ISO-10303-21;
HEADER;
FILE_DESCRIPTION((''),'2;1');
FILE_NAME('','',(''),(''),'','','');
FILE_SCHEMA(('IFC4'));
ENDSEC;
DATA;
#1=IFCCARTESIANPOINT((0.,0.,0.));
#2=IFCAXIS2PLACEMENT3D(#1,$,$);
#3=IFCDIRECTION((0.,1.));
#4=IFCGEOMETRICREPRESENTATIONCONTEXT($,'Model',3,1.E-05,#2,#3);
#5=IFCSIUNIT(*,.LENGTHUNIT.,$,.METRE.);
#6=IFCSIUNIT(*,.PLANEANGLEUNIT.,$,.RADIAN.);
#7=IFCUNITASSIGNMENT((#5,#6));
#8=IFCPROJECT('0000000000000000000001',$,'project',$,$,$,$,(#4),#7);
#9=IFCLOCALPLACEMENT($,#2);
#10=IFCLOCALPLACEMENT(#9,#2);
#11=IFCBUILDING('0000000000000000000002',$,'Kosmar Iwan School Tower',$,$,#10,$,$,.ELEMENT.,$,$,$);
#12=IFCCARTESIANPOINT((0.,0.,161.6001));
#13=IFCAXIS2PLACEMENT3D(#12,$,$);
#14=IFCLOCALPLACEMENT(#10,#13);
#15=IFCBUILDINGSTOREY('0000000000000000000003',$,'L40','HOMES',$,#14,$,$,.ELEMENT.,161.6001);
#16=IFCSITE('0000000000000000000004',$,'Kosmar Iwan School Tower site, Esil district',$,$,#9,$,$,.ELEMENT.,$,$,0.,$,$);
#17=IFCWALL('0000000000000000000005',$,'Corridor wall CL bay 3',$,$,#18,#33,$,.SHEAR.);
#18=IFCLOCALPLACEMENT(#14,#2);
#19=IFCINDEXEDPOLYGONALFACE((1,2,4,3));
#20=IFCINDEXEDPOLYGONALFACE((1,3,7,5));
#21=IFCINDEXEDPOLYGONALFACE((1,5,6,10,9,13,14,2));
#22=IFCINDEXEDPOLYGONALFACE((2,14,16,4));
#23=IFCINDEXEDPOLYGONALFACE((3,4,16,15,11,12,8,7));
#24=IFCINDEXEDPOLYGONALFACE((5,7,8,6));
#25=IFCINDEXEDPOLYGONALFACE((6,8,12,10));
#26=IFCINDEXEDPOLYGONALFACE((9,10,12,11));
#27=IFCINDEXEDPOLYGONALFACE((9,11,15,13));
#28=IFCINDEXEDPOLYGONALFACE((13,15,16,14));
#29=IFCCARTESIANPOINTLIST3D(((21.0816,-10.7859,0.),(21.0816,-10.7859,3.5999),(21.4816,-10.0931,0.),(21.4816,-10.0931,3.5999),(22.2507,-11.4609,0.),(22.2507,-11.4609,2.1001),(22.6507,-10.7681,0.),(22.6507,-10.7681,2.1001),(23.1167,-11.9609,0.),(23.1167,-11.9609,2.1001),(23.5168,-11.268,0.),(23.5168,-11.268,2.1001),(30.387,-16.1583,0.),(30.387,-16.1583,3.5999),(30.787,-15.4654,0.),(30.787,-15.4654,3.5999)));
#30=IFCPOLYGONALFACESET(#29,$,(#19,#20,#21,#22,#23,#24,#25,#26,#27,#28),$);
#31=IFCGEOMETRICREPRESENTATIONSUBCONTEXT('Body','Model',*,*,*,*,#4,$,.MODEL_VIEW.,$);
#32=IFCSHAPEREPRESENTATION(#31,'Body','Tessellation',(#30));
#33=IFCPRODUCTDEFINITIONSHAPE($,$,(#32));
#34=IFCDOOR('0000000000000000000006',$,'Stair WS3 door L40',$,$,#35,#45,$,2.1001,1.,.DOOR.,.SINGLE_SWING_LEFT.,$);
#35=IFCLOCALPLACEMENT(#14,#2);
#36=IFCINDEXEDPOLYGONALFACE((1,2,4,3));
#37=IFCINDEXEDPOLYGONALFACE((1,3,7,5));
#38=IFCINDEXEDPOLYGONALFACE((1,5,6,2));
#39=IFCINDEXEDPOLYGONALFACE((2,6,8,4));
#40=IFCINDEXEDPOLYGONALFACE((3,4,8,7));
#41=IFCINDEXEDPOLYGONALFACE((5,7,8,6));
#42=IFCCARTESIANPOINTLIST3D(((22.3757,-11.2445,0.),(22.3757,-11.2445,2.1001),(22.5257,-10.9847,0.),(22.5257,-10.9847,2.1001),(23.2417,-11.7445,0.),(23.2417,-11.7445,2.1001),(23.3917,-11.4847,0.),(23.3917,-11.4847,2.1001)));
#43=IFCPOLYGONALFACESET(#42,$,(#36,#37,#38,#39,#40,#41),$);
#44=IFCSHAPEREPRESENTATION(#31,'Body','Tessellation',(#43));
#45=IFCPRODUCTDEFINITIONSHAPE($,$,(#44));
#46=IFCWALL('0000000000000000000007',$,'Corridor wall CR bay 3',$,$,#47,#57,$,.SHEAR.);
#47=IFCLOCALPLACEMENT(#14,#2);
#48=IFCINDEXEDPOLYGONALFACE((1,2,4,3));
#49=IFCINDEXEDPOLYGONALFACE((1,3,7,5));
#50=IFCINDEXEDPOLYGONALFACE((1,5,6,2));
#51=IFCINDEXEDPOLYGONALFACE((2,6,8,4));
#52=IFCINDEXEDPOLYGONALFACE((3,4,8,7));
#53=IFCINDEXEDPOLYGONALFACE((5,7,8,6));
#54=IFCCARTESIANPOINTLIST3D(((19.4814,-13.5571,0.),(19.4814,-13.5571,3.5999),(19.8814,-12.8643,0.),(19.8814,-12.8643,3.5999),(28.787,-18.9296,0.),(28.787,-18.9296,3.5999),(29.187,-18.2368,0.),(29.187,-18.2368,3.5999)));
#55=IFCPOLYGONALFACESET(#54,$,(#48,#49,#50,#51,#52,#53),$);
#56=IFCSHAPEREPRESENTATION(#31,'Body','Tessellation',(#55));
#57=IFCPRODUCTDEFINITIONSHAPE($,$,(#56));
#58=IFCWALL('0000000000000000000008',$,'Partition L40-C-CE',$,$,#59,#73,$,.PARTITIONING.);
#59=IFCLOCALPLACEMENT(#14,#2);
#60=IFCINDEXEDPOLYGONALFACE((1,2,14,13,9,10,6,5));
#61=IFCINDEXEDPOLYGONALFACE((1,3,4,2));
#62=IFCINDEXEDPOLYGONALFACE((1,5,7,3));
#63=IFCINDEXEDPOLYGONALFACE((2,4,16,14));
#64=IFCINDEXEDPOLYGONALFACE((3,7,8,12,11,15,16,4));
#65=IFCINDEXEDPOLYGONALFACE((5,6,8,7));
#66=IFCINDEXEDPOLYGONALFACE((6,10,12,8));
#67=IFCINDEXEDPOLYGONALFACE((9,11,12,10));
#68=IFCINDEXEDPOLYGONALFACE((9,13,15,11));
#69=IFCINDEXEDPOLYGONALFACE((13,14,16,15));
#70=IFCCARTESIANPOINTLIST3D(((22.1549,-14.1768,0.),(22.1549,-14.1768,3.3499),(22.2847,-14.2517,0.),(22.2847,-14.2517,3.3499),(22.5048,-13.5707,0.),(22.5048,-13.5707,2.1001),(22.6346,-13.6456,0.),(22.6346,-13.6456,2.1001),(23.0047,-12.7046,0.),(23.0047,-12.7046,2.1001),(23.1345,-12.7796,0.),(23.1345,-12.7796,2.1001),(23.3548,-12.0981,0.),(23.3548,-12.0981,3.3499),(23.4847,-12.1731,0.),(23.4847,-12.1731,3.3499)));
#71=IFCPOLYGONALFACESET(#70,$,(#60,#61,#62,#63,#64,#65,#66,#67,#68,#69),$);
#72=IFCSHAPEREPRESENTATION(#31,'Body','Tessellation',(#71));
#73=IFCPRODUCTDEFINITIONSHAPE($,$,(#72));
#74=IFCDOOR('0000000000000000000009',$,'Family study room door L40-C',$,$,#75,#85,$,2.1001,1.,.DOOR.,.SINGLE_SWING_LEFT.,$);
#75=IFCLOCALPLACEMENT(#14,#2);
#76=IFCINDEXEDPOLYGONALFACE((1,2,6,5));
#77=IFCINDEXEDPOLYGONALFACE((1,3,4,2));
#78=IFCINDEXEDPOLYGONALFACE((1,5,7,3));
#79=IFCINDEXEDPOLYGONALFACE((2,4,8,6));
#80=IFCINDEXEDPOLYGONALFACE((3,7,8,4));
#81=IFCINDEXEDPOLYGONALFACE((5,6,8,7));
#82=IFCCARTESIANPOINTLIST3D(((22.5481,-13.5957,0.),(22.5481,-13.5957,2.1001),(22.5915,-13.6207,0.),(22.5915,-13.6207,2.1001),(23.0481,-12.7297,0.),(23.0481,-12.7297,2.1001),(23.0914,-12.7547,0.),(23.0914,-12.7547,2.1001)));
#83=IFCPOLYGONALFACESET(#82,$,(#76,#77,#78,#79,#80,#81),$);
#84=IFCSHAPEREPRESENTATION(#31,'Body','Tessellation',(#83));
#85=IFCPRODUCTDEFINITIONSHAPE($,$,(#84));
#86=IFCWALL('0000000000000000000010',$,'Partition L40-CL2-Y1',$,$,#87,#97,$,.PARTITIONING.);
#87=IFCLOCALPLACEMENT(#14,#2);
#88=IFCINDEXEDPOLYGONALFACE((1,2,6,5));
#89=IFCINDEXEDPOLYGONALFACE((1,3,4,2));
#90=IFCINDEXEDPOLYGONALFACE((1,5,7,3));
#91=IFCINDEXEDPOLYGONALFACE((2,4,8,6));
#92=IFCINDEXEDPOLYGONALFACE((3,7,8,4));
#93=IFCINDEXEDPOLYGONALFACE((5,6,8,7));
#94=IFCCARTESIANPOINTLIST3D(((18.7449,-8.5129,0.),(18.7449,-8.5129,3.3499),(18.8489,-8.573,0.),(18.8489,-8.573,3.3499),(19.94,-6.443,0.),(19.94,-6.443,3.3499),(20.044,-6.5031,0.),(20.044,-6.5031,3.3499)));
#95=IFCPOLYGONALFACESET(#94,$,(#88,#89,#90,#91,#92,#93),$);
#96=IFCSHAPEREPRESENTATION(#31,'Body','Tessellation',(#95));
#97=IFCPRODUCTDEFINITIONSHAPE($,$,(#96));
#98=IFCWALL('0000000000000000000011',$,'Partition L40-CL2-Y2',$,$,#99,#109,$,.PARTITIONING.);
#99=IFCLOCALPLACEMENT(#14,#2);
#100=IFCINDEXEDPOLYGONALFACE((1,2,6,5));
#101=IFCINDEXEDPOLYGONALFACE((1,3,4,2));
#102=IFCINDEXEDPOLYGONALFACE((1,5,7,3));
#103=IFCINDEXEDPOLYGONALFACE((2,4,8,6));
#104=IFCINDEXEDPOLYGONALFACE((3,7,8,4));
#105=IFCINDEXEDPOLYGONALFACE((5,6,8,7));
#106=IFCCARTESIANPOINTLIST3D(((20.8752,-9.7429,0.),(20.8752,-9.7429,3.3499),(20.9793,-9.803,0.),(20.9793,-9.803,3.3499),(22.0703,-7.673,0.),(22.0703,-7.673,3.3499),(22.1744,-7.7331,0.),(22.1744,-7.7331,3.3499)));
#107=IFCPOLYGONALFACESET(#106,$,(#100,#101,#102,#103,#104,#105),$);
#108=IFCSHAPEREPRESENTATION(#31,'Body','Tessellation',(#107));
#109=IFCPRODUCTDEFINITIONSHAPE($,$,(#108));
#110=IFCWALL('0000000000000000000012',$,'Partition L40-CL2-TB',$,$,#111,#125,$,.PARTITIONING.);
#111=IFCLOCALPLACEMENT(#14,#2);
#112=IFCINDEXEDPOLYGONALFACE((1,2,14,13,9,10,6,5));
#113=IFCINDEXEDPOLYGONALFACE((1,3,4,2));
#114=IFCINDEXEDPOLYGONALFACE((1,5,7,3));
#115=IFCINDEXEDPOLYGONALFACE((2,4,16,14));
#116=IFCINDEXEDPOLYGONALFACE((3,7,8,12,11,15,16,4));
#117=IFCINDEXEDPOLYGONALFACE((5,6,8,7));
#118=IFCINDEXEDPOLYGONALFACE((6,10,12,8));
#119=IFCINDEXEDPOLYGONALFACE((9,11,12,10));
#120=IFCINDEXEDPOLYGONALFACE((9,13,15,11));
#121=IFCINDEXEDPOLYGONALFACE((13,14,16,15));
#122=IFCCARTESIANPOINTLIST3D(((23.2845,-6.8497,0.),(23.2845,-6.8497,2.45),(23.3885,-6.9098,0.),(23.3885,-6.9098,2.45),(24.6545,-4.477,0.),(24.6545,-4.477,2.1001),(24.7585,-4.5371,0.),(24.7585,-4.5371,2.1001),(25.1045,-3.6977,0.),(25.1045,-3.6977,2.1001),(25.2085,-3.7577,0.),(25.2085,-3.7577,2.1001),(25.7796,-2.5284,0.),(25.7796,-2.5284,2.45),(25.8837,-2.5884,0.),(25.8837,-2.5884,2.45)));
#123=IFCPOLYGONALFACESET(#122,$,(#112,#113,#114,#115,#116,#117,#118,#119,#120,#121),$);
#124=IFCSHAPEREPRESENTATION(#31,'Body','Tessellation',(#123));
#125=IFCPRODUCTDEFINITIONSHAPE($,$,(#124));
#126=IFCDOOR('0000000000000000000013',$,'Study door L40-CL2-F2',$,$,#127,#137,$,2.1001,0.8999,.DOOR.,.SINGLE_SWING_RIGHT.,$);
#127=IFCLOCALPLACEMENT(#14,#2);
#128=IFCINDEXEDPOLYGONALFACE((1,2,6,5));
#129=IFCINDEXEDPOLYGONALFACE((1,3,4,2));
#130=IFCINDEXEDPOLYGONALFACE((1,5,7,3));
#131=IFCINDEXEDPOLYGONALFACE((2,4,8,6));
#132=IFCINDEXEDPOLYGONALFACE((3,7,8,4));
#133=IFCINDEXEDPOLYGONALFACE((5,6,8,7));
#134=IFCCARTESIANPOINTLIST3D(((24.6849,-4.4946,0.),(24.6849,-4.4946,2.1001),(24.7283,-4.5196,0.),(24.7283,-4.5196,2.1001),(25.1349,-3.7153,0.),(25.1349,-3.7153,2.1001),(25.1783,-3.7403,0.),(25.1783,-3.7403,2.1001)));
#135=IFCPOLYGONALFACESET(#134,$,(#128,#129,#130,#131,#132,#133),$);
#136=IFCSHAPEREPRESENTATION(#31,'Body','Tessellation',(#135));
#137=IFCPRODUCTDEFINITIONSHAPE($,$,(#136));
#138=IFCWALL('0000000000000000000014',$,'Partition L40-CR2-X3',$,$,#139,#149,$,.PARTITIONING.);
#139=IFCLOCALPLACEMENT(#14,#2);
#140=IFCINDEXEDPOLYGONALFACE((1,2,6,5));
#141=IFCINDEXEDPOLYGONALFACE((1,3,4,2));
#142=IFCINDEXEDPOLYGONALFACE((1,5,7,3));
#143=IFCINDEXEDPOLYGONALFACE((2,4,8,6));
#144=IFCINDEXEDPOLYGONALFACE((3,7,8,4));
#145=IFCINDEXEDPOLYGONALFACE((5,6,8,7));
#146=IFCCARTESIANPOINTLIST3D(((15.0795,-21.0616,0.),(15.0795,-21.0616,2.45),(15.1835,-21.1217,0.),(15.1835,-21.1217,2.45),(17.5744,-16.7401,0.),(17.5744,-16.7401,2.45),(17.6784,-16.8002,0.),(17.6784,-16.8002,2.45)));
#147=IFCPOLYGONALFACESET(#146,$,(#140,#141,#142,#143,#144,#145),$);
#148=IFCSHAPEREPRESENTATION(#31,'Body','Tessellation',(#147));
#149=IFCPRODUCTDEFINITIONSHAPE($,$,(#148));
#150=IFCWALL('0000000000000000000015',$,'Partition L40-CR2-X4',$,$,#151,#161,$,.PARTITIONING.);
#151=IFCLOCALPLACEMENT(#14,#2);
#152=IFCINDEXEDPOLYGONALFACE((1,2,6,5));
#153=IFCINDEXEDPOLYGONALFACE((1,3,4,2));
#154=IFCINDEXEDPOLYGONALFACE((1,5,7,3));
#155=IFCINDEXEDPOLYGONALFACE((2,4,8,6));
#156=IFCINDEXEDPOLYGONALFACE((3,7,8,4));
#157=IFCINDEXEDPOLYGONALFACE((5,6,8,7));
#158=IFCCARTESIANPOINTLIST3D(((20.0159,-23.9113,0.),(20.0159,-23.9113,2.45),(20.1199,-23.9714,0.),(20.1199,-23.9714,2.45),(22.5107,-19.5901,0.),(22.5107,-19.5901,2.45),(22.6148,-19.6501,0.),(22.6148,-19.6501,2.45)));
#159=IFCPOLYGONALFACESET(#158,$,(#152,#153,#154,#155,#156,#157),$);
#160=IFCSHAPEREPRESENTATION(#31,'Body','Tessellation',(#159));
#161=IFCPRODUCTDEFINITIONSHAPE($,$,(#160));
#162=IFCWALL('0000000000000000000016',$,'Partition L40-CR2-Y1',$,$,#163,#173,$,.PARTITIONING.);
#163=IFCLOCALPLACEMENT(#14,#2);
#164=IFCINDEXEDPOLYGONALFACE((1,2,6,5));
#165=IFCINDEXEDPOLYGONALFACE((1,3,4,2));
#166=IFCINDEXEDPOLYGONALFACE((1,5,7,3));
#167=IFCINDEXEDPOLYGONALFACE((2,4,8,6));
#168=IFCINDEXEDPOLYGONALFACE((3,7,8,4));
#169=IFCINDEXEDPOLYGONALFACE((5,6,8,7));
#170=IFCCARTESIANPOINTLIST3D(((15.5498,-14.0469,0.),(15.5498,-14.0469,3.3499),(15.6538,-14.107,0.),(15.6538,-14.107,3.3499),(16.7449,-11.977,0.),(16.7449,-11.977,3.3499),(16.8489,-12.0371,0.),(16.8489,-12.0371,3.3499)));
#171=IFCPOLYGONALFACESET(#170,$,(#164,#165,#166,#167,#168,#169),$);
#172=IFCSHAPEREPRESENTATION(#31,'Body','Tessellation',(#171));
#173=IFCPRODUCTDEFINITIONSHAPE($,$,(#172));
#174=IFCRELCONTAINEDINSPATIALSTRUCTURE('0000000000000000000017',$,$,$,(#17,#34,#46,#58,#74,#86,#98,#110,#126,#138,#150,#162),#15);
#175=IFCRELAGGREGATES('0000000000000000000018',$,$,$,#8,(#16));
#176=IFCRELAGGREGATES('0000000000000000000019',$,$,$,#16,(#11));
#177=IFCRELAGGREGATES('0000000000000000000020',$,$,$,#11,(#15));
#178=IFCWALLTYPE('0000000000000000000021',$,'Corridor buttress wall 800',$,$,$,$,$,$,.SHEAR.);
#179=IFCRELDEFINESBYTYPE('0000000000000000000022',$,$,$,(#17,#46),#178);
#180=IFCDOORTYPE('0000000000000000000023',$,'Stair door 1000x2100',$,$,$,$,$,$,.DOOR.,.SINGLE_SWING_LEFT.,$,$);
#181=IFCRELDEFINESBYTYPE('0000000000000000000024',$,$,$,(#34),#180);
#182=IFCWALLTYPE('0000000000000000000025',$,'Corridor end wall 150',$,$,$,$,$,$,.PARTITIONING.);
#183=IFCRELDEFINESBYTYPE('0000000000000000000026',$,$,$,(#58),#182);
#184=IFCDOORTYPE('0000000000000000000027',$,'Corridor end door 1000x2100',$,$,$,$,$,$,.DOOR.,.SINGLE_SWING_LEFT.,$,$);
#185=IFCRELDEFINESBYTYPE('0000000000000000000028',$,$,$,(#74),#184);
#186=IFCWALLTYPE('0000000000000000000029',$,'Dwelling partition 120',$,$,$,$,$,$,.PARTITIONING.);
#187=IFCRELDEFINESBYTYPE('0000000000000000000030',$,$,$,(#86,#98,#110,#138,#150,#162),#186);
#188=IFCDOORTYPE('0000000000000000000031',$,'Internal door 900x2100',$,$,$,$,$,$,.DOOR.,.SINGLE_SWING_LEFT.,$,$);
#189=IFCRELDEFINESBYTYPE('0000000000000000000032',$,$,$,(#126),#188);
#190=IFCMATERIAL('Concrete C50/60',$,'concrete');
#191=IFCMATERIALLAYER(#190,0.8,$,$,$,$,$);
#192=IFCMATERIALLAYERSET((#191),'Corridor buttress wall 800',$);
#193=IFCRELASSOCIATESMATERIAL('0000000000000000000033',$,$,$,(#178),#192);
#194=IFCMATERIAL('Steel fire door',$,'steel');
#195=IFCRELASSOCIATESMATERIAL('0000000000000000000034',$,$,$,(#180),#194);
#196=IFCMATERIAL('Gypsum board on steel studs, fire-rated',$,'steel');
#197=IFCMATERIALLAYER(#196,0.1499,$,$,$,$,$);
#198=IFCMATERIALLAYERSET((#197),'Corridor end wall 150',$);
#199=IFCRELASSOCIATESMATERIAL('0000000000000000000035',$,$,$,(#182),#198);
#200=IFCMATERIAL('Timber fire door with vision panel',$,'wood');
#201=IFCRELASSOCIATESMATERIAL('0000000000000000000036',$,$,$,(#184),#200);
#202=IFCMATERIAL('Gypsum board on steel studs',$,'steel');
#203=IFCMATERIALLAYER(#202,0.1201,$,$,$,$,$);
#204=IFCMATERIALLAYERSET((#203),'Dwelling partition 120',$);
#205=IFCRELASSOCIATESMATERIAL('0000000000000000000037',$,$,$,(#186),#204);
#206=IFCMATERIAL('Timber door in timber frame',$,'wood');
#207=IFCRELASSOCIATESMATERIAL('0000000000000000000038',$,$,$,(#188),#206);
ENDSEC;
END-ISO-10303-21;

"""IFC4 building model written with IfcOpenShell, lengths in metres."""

from ifc_helpers import new_model, si_unit, direction, frame, frame_2d, origin, place, context, subcontext, project, spatial, rectangle, extrude, material, layer, layer_set, type_object, element, fill, save


model = new_model("IFC4")

# Units and contexts
model_context = context("Model", 3, precision=1e-05, world=origin(), true_north=direction((0.0, 1.0)))
body_context = subcontext(model_context, "Body", "Model", "MODEL_VIEW")
ifc_project = project(units=[si_unit("LENGTHUNIT", "METRE"), si_unit("PLANEANGLEUNIT", "RADIAN")], contexts=[model_context])

# Site, building, storey
site_placement = place(None, origin())
site = spatial("IfcSite", under=ifc_project, at=site_placement, Name="Kosmar Iwan School Tower site, Esil district", CompositionType="ELEMENT", RefElevation=0.0)
building_placement = place(site_placement, origin())
building = spatial("IfcBuilding", under=site, at=building_placement, Name="Kosmar Iwan School Tower", CompositionType="ELEMENT")
storey_placement = place(building_placement, frame((0.0, 0.0, 161.6001)))
storey = spatial("IfcBuildingStorey", under=building, at=storey_placement, Name="L40", Description="HOMES", CompositionType="ELEMENT", Elevation=161.6001)

# Wall, opening, door
ifc_material_1 = material(Name="Concrete C50/60", Category="concrete")
ifc_layer_1 = layer(ifc_material_1, 0.8)
ifc_layer_set_1 = layer_set([ifc_layer_1], Name="Corridor buttress wall 800")
wall_type_1 = type_object("IfcWallType", Name="Corridor buttress wall 800", PredefinedType="SHEAR", material=ifc_layer_set_1)
wall_1_placement = place(storey_placement, frame((21.2815, -10.4395, 0.0), z_axis=(0.0, 0.0, 1.0), x_axis=(0.866032, -0.499988, 0.0)))
wall_1 = element("IfcWall", 1, at=wall_1_placement, inside=storey, type_object=wall_type_1, Name="Corridor wall CL bay 3", PredefinedType="SHEAR", context=body_context, shape_type="SweptSolid", body=[
    extrude(rectangle(XDim=10.7449, YDim=0.8, at=frame_2d((5.3726, 0.0))), origin(), (0.0, 0.0, 1.0), 3.5999),
])
opening_1_placement = place(wall_1_placement, frame((1.3501, 0.0, 0.0)))
opening_1 = element("IfcOpeningElement", 2, at=opening_1_placement, cuts=wall_1, PredefinedType="OPENING", context=body_context, shape_type="SweptSolid", body=[
    extrude(rectangle(XDim=1.0, YDim=2.1001, at=frame_2d((0.5, 1.05))), frame((0.0, 0.4121, 0.0), z_axis=(0.0, -1.0, 0.0), x_axis=(1.0, 0.0, 0.0)), (0.0, 0.0, 1.0), 0.824),
])
ifc_material_2 = material(Name="Steel fire door", Category="steel")
door_type_1 = type_object("IfcDoorType", Name="Stair door 1000x2100", OperationType="SINGLE_SWING_LEFT", PredefinedType="DOOR", material=ifc_material_2)
door_1_placement = place(opening_1_placement, origin())
door_1 = element("IfcDoor", 3, at=door_1_placement, inside=storey, type_object=door_type_1, Name="Stair WS3 door L40", OperationType="SINGLE_SWING_LEFT", OverallHeight=2.1001, OverallWidth=1.0, PredefinedType="DOOR", context=body_context, shape_type="SweptSolid", body=[
    extrude(rectangle(XDim=1.0, YDim=2.1001, at=frame_2d((0.5, 1.05))), frame((0.0, 0.1499, 0.0), z_axis=(0.0, -1.0, 0.0), x_axis=(1.0, 0.0, 0.0)), (0.0, 0.0, 1.0), 0.3),
])
fill(opening_1, door_1)

# Wall
wall_2_placement = place(storey_placement, frame((19.6814, -13.2107, 0.0), z_axis=(0.0, 0.0, 1.0), x_axis=(0.866028, -0.499995, 0.0)))
element("IfcWall", 4, at=wall_2_placement, inside=storey, type_object=wall_type_1, Name="Corridor wall CR bay 3", PredefinedType="SHEAR", context=body_context, shape_type="SweptSolid", body=[
    extrude(rectangle(XDim=10.7451, YDim=0.8, at=frame_2d((5.3726, 0.0))), origin(), (0.0, 0.0, 1.0), 3.5999),
])

# Wall, opening, door
ifc_material_3 = material(Name="Gypsum board on steel studs, fire-rated", Category="steel")
ifc_layer_2 = layer(ifc_material_3, 0.1499)
ifc_layer_set_2 = layer_set([ifc_layer_2], Name="Corridor end wall 150")
wall_type_2 = type_object("IfcWallType", Name="Corridor end wall 150", PredefinedType="PARTITIONING", material=ifc_layer_set_2)
wall_3_placement = place(storey_placement, frame((22.2197, -14.2144, 0.0), z_axis=(0.0, 0.0, 1.0), x_axis=(0.499957, 0.86605, 0.0)))
wall_3 = element("IfcWall", 5, at=wall_3_placement, inside=storey, type_object=wall_type_2, Name="Partition L40-C-CE", PredefinedType="PARTITIONING", context=body_context, shape_type="SweptSolid", body=[
    extrude(rectangle(XDim=2.4001, YDim=0.1499, at=frame_2d((1.2002, 0.0))), origin(), (0.0, 0.0, 1.0), 3.3499),
])
opening_2_placement = place(wall_3_placement, frame((0.7, 0.0, 0.0)))
opening_2 = element("IfcOpeningElement", 6, at=opening_2_placement, cuts=wall_3, PredefinedType="OPENING", context=body_context, shape_type="SweptSolid", body=[
    extrude(rectangle(XDim=1.0, YDim=2.1001, at=frame_2d((0.5, 1.05))), frame((0.0, 0.0869, 0.0), z_axis=(0.0, -1.0, 0.0), x_axis=(1.0, 0.0, 0.0)), (0.0, 0.0, 1.0), 0.1738),
])
ifc_material_4 = material(Name="Timber fire door with vision panel", Category="wood")
door_type_2 = type_object("IfcDoorType", Name="Corridor end door 1000x2100", OperationType="SINGLE_SWING_LEFT", PredefinedType="DOOR", material=ifc_material_4)
door_2_placement = place(opening_2_placement, origin())
door_2 = element("IfcDoor", 7, at=door_2_placement, inside=storey, type_object=door_type_2, Name="Family study room door L40-C", OperationType="SINGLE_SWING_LEFT", OverallHeight=2.1001, OverallWidth=1.0, PredefinedType="DOOR", context=body_context, shape_type="SweptSolid", body=[
    extrude(rectangle(XDim=1.0, YDim=2.1001, at=frame_2d((0.5, 1.05))), frame((0.0, 0.0249, 0.0), z_axis=(0.0, -1.0, 0.0), x_axis=(1.0, 0.0, 0.0)), (0.0, 0.0, 1.0), 0.05),
])
fill(opening_2, door_2)

# Walls
ifc_material_5 = material(Name="Gypsum board on steel studs", Category="steel")
ifc_layer_3 = layer(ifc_material_5, 0.1201)
ifc_layer_set_3 = layer_set([ifc_layer_3], Name="Dwelling partition 120")
wall_type_3 = type_object("IfcWallType", Name="Dwelling partition 120", PredefinedType="PARTITIONING", material=ifc_layer_set_3)
for number, where, z_axis, x_axis, name in (
    (8, (18.7969, -8.543, 0.0), (0.0, 0.0, 1.0), (0.500017, 0.866015, 0.0), "Partition L40-CL2-Y1"),
    (9, (20.9272, -9.7729, 0.0), (0.0, 0.0, 1.0), (0.500017, 0.866015, 0.0), "Partition L40-CL2-Y2"),
):
    element("IfcWall", number, at=place(storey_placement, frame(where, z_axis=z_axis, x_axis=x_axis)), inside=storey, type_object=wall_type_3, Name=name, PredefinedType="PARTITIONING", context=body_context, shape_type="SweptSolid", body=[
        extrude(rectangle(XDim=2.3901, YDim=0.1201, at=frame_2d((1.1951, 0.0))), origin(), (0.0, 0.0, 1.0), 3.3499),
    ])

# Wall, opening, door
wall_4_placement = place(storey_placement, frame((23.3364, -6.8799, 0.0), z_axis=(0.0, 0.0, 1.0), x_axis=(0.500033, 0.866006, 0.0)))
wall_4 = element("IfcWall", 10, at=wall_4_placement, inside=storey, type_object=wall_type_3, Name="Partition L40-CL2-TB", PredefinedType="PARTITIONING", context=body_context, shape_type="SweptSolid", body=[
    extrude(rectangle(XDim=4.99, YDim=0.1201, at=frame_2d((2.4951, 0.0))), origin(), (0.0, 0.0, 1.0), 2.45),
])
opening_3_placement = place(wall_4_placement, frame((2.74, 0.0, 0.0)))
opening_3 = element("IfcOpeningElement", 11, at=opening_3_placement, cuts=wall_4, PredefinedType="OPENING", context=body_context, shape_type="SweptSolid", body=[
    extrude(rectangle(XDim=0.8999, YDim=2.1001, at=frame_2d((0.45, 1.05))), frame((0.0, 0.072, 0.0), z_axis=(0.0, -1.0, 0.0), x_axis=(1.0, 0.0, 0.0)), (0.0, 0.0, 1.0), 0.144),
])
ifc_material_6 = material(Name="Timber door in timber frame", Category="wood")
door_type_3 = type_object("IfcDoorType", Name="Internal door 900x2100", OperationType="SINGLE_SWING_LEFT", PredefinedType="DOOR", material=ifc_material_6)
door_3_placement = place(opening_3_placement, origin())
door_3 = element("IfcDoor", 12, at=door_3_placement, inside=storey, type_object=door_type_3, Name="Study door L40-CL2-F2", OperationType="SINGLE_SWING_RIGHT", OverallHeight=2.1001, OverallWidth=0.8999, PredefinedType="DOOR", context=body_context, shape_type="SweptSolid", body=[
    extrude(rectangle(XDim=0.8999, YDim=2.1001, at=frame_2d((0.45, 1.05))), frame((0.0, 0.0249, 0.0), z_axis=(0.0, -1.0, 0.0), x_axis=(1.0, 0.0, 0.0)), (0.0, 0.0, 1.0), 0.05),
])
fill(opening_3, door_3)

# Walls
wall_5_placement = place(storey_placement, frame((17.6265, -16.77, 0.0), z_axis=(0.0, 0.0, 1.0), x_axis=(-0.499975, -0.86604, 0.0)))
element("IfcWall", 13, at=wall_5_placement, inside=storey, type_object=wall_type_3, Name="Partition L40-CR2-X3", PredefinedType="PARTITIONING", context=body_context, shape_type="SweptSolid", body=[
    extrude(rectangle(XDim=4.99, YDim=0.1201, at=frame_2d((2.4951, 0.0))), origin(), (0.0, 0.0, 1.0), 2.45),
])
wall_6_placement = place(storey_placement, frame((22.5627, -19.6201, 0.0), z_axis=(0.0, 0.0, 1.0), x_axis=(-0.499996, -0.866028, 0.0)))
element("IfcWall", 14, at=wall_6_placement, inside=storey, type_object=wall_type_3, Name="Partition L40-CR2-X4", PredefinedType="PARTITIONING", context=body_context, shape_type="SweptSolid", body=[
    extrude(rectangle(XDim=4.9897, YDim=0.1201, at=frame_2d((2.4949, 0.0))), origin(), (0.0, 0.0, 1.0), 2.45),
])
wall_7_placement = place(storey_placement, frame((16.7969, -12.0071, 0.0), z_axis=(0.0, 0.0, 1.0), x_axis=(-0.500017, -0.866015, 0.0)))
element("IfcWall", 15, at=wall_7_placement, inside=storey, type_object=wall_type_3, Name="Partition L40-CR2-Y1", PredefinedType="PARTITIONING", context=body_context, shape_type="SweptSolid", body=[
    extrude(rectangle(XDim=2.3901, YDim=0.1201, at=frame_2d((1.1951, 0.0))), origin(), (0.0, 0.0, 1.0), 3.3499),
])

save(model, "model.ifc")
